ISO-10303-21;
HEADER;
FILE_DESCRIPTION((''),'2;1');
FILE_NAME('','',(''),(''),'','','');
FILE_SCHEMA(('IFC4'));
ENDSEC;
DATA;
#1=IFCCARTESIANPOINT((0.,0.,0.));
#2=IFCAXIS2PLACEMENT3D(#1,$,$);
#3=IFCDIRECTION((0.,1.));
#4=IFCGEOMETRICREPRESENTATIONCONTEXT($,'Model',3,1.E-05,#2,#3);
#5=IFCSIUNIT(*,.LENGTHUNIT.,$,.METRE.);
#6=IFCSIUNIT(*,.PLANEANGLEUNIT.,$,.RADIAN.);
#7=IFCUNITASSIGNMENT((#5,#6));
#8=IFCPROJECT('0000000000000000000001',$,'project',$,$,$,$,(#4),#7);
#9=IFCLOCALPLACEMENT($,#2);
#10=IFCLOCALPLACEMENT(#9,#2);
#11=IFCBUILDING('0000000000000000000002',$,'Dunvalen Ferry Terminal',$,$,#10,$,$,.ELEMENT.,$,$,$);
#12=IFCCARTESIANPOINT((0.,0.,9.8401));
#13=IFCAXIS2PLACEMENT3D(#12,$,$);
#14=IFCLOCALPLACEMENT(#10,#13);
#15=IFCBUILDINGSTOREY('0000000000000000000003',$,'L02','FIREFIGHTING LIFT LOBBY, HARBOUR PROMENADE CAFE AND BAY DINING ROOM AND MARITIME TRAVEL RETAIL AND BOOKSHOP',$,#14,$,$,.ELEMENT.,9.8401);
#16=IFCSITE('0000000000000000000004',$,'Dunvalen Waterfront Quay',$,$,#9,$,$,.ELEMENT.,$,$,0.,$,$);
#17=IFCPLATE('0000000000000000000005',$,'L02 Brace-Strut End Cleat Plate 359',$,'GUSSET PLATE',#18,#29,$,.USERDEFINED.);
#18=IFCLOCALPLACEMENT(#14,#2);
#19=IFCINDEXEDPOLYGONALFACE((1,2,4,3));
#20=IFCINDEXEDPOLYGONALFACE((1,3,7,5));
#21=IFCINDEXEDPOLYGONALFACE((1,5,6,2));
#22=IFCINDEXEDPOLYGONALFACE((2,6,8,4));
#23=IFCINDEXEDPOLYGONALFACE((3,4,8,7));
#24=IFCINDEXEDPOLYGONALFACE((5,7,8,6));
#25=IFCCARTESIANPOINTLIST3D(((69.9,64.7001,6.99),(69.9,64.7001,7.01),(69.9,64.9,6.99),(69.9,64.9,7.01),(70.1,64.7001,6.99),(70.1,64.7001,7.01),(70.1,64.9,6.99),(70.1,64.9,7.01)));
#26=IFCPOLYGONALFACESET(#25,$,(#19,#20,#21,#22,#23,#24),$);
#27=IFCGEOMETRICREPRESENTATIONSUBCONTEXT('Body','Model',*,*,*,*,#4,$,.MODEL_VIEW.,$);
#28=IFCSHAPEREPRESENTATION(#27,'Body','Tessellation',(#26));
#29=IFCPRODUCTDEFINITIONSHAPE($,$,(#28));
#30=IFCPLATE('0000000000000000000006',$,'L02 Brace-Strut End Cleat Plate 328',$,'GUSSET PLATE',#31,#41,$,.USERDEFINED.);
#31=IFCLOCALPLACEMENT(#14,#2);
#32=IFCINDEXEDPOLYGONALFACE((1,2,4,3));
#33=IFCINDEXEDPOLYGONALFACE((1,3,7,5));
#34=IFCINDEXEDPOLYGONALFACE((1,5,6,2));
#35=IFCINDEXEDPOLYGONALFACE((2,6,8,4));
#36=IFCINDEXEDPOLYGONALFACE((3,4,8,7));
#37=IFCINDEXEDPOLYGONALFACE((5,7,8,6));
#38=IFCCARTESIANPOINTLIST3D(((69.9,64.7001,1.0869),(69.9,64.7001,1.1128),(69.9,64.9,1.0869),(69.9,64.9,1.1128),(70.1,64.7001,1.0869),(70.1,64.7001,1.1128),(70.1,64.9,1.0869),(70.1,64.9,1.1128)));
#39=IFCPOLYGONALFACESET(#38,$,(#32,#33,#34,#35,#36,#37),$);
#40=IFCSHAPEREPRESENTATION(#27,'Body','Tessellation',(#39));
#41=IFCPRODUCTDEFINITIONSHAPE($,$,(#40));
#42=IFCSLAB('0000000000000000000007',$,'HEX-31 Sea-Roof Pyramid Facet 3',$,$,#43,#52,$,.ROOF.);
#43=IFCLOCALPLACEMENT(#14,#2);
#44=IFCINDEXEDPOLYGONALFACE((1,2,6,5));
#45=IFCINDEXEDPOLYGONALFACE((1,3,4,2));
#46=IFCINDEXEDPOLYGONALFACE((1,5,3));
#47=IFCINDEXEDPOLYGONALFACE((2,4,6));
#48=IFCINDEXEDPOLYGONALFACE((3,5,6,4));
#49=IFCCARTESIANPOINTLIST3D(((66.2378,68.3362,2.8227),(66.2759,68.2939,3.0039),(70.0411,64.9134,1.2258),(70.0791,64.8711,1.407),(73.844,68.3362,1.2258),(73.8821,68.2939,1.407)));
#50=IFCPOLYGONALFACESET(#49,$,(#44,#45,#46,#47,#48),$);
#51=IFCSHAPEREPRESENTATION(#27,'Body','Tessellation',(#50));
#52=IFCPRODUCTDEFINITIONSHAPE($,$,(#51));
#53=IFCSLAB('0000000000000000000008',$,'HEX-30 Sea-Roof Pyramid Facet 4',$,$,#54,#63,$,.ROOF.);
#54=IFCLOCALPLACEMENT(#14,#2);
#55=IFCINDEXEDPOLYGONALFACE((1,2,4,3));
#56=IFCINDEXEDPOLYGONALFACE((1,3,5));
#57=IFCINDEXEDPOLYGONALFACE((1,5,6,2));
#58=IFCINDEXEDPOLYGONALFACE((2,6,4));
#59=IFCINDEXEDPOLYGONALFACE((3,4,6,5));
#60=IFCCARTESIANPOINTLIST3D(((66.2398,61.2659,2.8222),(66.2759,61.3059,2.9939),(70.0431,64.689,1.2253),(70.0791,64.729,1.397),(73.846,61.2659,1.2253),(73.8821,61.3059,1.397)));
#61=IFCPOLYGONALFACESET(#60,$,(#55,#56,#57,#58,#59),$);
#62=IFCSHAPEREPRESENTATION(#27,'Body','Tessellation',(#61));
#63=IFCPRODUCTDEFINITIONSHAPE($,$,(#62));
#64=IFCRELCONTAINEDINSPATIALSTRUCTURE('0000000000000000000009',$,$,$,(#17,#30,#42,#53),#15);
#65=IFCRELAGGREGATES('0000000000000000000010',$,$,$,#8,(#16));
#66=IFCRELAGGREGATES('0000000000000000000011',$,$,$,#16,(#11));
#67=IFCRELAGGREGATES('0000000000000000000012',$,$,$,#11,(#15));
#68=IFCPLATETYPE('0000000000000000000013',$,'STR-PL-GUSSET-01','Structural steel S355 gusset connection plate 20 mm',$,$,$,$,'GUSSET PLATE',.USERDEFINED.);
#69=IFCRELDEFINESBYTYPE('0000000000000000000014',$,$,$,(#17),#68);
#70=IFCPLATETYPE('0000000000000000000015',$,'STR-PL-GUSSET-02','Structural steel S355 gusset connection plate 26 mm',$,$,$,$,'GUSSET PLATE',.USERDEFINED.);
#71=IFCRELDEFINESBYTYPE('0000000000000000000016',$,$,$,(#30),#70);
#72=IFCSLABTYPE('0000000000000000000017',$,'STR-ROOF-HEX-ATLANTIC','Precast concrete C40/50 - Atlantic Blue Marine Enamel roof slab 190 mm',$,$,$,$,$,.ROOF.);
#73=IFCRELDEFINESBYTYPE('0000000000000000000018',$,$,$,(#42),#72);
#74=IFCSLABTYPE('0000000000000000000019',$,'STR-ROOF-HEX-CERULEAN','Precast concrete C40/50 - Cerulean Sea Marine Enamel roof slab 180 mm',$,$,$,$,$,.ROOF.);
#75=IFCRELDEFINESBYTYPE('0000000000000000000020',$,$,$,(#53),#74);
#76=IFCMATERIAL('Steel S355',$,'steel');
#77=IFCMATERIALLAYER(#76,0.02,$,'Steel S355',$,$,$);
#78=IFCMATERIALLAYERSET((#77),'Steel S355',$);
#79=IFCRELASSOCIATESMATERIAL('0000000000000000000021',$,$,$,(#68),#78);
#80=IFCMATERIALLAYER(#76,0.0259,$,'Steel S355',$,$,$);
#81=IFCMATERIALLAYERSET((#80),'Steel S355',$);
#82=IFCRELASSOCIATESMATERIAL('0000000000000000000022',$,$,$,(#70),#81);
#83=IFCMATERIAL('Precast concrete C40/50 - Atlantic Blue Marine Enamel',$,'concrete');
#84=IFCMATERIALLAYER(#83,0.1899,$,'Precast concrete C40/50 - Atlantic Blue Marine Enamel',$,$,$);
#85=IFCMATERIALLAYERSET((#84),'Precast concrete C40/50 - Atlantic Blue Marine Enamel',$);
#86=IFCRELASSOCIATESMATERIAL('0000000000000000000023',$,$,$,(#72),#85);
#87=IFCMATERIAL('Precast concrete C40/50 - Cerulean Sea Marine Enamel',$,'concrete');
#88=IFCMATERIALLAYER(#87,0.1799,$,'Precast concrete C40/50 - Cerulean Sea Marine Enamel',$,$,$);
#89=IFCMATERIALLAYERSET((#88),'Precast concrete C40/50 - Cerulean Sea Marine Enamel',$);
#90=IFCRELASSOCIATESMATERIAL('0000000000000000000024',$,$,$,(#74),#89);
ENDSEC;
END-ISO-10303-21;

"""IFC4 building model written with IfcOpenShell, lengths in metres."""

from ifc_helpers import new_model, si_unit, direction, frame, origin, origin_2d, place, context, subcontext, project, spatial, polyline, rectangle, outline, extrude, material, layer, layer_set, type_object, element, save


model = new_model("IFC4")

# Units and contexts
model_context = context("Model", 3, precision=1e-05, world=origin(), true_north=direction((0.0, 1.0)))
body_context = subcontext(model_context, "Body", "Model", "MODEL_VIEW")
ifc_project = project(units=[si_unit("LENGTHUNIT", "METRE"), si_unit("PLANEANGLEUNIT", "RADIAN")], contexts=[model_context])

# Site, building, storey
site_placement = place(None, origin())
site = spatial("IfcSite", under=ifc_project, at=site_placement, Name="Dunvalen Waterfront Quay", CompositionType="ELEMENT", RefElevation=0.0)
building_placement = place(site_placement, origin())
building = spatial("IfcBuilding", under=site, at=building_placement, Name="Dunvalen Ferry Terminal", CompositionType="ELEMENT")
storey_placement = place(building_placement, frame((0.0, 0.0, 9.8401)))
storey = spatial("IfcBuildingStorey", under=building, at=storey_placement, Name="L02", Description="FIREFIGHTING LIFT LOBBY, HARBOUR PROMENADE CAFE AND BAY DINING ROOM AND MARITIME TRAVEL RETAIL AND BOOKSHOP", CompositionType="ELEMENT", Elevation=9.8401)

# Shared definitions
ifc_material_1 = material(Name="Steel S355", Category="steel")

# Plates
ifc_layer_1 = layer(ifc_material_1, 0.02, Name="Steel S355")
ifc_layer_set_1 = layer_set([ifc_layer_1], Name="Steel S355")
plate_type_1 = type_object("IfcPlateType", Name="STR-PL-GUSSET-01", Description="Structural steel S355 gusset connection plate 20 mm", ElementType="GUSSET PLATE", PredefinedType="USERDEFINED", material=ifc_layer_set_1)
for number, where, z_axis, x_axis, name in (
    (1, (70.0, 64.8, 6.99), (0.0, 0.0, 1.0), (1.0, 0.0, 0.0), "L02 Brace-Strut End Cleat Plate 359"),
):
    element("IfcPlate", number, at=place(storey_placement, frame(where, z_axis=z_axis, x_axis=x_axis)), inside=storey, type_object=plate_type_1, Name=name, ObjectType="GUSSET PLATE", PredefinedType="USERDEFINED", context=body_context, shape_type="SweptSolid", body=[
        extrude(rectangle(XDim=0.2, YDim=0.2, at=origin_2d()), origin(), (0.0, 0.0, 1.0), 0.02),
    ])
ifc_layer_2 = layer(ifc_material_1, 0.0259, Name="Steel S355")
ifc_layer_set_2 = layer_set([ifc_layer_2], Name="Steel S355")
plate_type_2 = type_object("IfcPlateType", Name="STR-PL-GUSSET-02", Description="Structural steel S355 gusset connection plate 26 mm", ElementType="GUSSET PLATE", PredefinedType="USERDEFINED", material=ifc_layer_set_2)
plate_1_placement = place(storey_placement, frame((70.0, 64.8, 1.0869), z_axis=(0.0, 0.0, 1.0), x_axis=(1.0, 0.0, 0.0)))
element("IfcPlate", 2, at=plate_1_placement, inside=storey, type_object=plate_type_2, Name="L02 Brace-Strut End Cleat Plate 328", ObjectType="GUSSET PLATE", PredefinedType="USERDEFINED", context=body_context, shape_type="SweptSolid", body=[
    extrude(rectangle(XDim=0.2, YDim=0.2, at=origin_2d()), origin(), (0.0, 0.0, 1.0), 0.0259),
])

# Slabs
ifc_material_2 = material(Name="Precast concrete C40/50 - Atlantic Blue Marine Enamel", Category="concrete")
ifc_layer_3 = layer(ifc_material_2, 0.1899, Name="Precast concrete C40/50 - Atlantic Blue Marine Enamel")
ifc_layer_set_3 = layer_set([ifc_layer_3], Name="Precast concrete C40/50 - Atlantic Blue Marine Enamel")
slab_type_1 = type_object("IfcSlabType", Name="STR-ROOF-HEX-ATLANTIC", Description="Precast concrete C40/50 - Atlantic Blue Marine Enamel roof slab 190 mm", PredefinedType="ROOF", material=ifc_layer_set_3)
slab_1_placement = place(storey_placement, frame((70.0791, 64.8711, 1.407), z_axis=(0.200317, -0.222563, 0.954117), x_axis=(0.743278, 0.668983, 0.0)))
element("IfcSlab", 3, at=slab_1_placement, inside=storey, type_object=slab_type_1, Name="HEX-31 Sea-Roof Pyramid Facet 3", PredefinedType="ROOF", context=body_context, shape_type="SweptSolid", body=[
    extrude(outline(polyline([(0.0, 0.0), (5.1165, 0.0), (-0.537, 5.3331), (0.0, 0.0)])), origin(), (0.0, 0.0, -1.0), 0.1899),
])
ifc_material_3 = material(Name="Precast concrete C40/50 - Cerulean Sea Marine Enamel", Category="concrete")
ifc_layer_4 = layer(ifc_material_3, 0.1799, Name="Precast concrete C40/50 - Cerulean Sea Marine Enamel")
ifc_layer_set_4 = layer_set([ifc_layer_4], Name="Precast concrete C40/50 - Cerulean Sea Marine Enamel")
slab_type_2 = type_object("IfcSlabType", Name="STR-ROOF-HEX-CERULEAN", Description="Precast concrete C40/50 - Cerulean Sea Marine Enamel roof slab 180 mm", PredefinedType="ROOF", material=ifc_layer_set_4)
slab_2_placement = place(storey_placement, frame((73.8821, 61.3059, 1.397), z_axis=(0.200318, 0.222548, 0.95412), x_axis=(-0.743254, 0.66901, 0.0)))
element("IfcSlab", 4, at=slab_2_placement, inside=storey, type_object=slab_type_2, Name="HEX-30 Sea-Roof Pyramid Facet 4", PredefinedType="ROOF", context=body_context, shape_type="SweptSolid", body=[
    extrude(outline(polyline([(0.0, 0.0), (5.1167, 0.0), (5.6533, 5.3333), (0.0, 0.0)])), origin(), (0.0, 0.0, -1.0), 0.1799),
])

save(model, "model.ifc")
